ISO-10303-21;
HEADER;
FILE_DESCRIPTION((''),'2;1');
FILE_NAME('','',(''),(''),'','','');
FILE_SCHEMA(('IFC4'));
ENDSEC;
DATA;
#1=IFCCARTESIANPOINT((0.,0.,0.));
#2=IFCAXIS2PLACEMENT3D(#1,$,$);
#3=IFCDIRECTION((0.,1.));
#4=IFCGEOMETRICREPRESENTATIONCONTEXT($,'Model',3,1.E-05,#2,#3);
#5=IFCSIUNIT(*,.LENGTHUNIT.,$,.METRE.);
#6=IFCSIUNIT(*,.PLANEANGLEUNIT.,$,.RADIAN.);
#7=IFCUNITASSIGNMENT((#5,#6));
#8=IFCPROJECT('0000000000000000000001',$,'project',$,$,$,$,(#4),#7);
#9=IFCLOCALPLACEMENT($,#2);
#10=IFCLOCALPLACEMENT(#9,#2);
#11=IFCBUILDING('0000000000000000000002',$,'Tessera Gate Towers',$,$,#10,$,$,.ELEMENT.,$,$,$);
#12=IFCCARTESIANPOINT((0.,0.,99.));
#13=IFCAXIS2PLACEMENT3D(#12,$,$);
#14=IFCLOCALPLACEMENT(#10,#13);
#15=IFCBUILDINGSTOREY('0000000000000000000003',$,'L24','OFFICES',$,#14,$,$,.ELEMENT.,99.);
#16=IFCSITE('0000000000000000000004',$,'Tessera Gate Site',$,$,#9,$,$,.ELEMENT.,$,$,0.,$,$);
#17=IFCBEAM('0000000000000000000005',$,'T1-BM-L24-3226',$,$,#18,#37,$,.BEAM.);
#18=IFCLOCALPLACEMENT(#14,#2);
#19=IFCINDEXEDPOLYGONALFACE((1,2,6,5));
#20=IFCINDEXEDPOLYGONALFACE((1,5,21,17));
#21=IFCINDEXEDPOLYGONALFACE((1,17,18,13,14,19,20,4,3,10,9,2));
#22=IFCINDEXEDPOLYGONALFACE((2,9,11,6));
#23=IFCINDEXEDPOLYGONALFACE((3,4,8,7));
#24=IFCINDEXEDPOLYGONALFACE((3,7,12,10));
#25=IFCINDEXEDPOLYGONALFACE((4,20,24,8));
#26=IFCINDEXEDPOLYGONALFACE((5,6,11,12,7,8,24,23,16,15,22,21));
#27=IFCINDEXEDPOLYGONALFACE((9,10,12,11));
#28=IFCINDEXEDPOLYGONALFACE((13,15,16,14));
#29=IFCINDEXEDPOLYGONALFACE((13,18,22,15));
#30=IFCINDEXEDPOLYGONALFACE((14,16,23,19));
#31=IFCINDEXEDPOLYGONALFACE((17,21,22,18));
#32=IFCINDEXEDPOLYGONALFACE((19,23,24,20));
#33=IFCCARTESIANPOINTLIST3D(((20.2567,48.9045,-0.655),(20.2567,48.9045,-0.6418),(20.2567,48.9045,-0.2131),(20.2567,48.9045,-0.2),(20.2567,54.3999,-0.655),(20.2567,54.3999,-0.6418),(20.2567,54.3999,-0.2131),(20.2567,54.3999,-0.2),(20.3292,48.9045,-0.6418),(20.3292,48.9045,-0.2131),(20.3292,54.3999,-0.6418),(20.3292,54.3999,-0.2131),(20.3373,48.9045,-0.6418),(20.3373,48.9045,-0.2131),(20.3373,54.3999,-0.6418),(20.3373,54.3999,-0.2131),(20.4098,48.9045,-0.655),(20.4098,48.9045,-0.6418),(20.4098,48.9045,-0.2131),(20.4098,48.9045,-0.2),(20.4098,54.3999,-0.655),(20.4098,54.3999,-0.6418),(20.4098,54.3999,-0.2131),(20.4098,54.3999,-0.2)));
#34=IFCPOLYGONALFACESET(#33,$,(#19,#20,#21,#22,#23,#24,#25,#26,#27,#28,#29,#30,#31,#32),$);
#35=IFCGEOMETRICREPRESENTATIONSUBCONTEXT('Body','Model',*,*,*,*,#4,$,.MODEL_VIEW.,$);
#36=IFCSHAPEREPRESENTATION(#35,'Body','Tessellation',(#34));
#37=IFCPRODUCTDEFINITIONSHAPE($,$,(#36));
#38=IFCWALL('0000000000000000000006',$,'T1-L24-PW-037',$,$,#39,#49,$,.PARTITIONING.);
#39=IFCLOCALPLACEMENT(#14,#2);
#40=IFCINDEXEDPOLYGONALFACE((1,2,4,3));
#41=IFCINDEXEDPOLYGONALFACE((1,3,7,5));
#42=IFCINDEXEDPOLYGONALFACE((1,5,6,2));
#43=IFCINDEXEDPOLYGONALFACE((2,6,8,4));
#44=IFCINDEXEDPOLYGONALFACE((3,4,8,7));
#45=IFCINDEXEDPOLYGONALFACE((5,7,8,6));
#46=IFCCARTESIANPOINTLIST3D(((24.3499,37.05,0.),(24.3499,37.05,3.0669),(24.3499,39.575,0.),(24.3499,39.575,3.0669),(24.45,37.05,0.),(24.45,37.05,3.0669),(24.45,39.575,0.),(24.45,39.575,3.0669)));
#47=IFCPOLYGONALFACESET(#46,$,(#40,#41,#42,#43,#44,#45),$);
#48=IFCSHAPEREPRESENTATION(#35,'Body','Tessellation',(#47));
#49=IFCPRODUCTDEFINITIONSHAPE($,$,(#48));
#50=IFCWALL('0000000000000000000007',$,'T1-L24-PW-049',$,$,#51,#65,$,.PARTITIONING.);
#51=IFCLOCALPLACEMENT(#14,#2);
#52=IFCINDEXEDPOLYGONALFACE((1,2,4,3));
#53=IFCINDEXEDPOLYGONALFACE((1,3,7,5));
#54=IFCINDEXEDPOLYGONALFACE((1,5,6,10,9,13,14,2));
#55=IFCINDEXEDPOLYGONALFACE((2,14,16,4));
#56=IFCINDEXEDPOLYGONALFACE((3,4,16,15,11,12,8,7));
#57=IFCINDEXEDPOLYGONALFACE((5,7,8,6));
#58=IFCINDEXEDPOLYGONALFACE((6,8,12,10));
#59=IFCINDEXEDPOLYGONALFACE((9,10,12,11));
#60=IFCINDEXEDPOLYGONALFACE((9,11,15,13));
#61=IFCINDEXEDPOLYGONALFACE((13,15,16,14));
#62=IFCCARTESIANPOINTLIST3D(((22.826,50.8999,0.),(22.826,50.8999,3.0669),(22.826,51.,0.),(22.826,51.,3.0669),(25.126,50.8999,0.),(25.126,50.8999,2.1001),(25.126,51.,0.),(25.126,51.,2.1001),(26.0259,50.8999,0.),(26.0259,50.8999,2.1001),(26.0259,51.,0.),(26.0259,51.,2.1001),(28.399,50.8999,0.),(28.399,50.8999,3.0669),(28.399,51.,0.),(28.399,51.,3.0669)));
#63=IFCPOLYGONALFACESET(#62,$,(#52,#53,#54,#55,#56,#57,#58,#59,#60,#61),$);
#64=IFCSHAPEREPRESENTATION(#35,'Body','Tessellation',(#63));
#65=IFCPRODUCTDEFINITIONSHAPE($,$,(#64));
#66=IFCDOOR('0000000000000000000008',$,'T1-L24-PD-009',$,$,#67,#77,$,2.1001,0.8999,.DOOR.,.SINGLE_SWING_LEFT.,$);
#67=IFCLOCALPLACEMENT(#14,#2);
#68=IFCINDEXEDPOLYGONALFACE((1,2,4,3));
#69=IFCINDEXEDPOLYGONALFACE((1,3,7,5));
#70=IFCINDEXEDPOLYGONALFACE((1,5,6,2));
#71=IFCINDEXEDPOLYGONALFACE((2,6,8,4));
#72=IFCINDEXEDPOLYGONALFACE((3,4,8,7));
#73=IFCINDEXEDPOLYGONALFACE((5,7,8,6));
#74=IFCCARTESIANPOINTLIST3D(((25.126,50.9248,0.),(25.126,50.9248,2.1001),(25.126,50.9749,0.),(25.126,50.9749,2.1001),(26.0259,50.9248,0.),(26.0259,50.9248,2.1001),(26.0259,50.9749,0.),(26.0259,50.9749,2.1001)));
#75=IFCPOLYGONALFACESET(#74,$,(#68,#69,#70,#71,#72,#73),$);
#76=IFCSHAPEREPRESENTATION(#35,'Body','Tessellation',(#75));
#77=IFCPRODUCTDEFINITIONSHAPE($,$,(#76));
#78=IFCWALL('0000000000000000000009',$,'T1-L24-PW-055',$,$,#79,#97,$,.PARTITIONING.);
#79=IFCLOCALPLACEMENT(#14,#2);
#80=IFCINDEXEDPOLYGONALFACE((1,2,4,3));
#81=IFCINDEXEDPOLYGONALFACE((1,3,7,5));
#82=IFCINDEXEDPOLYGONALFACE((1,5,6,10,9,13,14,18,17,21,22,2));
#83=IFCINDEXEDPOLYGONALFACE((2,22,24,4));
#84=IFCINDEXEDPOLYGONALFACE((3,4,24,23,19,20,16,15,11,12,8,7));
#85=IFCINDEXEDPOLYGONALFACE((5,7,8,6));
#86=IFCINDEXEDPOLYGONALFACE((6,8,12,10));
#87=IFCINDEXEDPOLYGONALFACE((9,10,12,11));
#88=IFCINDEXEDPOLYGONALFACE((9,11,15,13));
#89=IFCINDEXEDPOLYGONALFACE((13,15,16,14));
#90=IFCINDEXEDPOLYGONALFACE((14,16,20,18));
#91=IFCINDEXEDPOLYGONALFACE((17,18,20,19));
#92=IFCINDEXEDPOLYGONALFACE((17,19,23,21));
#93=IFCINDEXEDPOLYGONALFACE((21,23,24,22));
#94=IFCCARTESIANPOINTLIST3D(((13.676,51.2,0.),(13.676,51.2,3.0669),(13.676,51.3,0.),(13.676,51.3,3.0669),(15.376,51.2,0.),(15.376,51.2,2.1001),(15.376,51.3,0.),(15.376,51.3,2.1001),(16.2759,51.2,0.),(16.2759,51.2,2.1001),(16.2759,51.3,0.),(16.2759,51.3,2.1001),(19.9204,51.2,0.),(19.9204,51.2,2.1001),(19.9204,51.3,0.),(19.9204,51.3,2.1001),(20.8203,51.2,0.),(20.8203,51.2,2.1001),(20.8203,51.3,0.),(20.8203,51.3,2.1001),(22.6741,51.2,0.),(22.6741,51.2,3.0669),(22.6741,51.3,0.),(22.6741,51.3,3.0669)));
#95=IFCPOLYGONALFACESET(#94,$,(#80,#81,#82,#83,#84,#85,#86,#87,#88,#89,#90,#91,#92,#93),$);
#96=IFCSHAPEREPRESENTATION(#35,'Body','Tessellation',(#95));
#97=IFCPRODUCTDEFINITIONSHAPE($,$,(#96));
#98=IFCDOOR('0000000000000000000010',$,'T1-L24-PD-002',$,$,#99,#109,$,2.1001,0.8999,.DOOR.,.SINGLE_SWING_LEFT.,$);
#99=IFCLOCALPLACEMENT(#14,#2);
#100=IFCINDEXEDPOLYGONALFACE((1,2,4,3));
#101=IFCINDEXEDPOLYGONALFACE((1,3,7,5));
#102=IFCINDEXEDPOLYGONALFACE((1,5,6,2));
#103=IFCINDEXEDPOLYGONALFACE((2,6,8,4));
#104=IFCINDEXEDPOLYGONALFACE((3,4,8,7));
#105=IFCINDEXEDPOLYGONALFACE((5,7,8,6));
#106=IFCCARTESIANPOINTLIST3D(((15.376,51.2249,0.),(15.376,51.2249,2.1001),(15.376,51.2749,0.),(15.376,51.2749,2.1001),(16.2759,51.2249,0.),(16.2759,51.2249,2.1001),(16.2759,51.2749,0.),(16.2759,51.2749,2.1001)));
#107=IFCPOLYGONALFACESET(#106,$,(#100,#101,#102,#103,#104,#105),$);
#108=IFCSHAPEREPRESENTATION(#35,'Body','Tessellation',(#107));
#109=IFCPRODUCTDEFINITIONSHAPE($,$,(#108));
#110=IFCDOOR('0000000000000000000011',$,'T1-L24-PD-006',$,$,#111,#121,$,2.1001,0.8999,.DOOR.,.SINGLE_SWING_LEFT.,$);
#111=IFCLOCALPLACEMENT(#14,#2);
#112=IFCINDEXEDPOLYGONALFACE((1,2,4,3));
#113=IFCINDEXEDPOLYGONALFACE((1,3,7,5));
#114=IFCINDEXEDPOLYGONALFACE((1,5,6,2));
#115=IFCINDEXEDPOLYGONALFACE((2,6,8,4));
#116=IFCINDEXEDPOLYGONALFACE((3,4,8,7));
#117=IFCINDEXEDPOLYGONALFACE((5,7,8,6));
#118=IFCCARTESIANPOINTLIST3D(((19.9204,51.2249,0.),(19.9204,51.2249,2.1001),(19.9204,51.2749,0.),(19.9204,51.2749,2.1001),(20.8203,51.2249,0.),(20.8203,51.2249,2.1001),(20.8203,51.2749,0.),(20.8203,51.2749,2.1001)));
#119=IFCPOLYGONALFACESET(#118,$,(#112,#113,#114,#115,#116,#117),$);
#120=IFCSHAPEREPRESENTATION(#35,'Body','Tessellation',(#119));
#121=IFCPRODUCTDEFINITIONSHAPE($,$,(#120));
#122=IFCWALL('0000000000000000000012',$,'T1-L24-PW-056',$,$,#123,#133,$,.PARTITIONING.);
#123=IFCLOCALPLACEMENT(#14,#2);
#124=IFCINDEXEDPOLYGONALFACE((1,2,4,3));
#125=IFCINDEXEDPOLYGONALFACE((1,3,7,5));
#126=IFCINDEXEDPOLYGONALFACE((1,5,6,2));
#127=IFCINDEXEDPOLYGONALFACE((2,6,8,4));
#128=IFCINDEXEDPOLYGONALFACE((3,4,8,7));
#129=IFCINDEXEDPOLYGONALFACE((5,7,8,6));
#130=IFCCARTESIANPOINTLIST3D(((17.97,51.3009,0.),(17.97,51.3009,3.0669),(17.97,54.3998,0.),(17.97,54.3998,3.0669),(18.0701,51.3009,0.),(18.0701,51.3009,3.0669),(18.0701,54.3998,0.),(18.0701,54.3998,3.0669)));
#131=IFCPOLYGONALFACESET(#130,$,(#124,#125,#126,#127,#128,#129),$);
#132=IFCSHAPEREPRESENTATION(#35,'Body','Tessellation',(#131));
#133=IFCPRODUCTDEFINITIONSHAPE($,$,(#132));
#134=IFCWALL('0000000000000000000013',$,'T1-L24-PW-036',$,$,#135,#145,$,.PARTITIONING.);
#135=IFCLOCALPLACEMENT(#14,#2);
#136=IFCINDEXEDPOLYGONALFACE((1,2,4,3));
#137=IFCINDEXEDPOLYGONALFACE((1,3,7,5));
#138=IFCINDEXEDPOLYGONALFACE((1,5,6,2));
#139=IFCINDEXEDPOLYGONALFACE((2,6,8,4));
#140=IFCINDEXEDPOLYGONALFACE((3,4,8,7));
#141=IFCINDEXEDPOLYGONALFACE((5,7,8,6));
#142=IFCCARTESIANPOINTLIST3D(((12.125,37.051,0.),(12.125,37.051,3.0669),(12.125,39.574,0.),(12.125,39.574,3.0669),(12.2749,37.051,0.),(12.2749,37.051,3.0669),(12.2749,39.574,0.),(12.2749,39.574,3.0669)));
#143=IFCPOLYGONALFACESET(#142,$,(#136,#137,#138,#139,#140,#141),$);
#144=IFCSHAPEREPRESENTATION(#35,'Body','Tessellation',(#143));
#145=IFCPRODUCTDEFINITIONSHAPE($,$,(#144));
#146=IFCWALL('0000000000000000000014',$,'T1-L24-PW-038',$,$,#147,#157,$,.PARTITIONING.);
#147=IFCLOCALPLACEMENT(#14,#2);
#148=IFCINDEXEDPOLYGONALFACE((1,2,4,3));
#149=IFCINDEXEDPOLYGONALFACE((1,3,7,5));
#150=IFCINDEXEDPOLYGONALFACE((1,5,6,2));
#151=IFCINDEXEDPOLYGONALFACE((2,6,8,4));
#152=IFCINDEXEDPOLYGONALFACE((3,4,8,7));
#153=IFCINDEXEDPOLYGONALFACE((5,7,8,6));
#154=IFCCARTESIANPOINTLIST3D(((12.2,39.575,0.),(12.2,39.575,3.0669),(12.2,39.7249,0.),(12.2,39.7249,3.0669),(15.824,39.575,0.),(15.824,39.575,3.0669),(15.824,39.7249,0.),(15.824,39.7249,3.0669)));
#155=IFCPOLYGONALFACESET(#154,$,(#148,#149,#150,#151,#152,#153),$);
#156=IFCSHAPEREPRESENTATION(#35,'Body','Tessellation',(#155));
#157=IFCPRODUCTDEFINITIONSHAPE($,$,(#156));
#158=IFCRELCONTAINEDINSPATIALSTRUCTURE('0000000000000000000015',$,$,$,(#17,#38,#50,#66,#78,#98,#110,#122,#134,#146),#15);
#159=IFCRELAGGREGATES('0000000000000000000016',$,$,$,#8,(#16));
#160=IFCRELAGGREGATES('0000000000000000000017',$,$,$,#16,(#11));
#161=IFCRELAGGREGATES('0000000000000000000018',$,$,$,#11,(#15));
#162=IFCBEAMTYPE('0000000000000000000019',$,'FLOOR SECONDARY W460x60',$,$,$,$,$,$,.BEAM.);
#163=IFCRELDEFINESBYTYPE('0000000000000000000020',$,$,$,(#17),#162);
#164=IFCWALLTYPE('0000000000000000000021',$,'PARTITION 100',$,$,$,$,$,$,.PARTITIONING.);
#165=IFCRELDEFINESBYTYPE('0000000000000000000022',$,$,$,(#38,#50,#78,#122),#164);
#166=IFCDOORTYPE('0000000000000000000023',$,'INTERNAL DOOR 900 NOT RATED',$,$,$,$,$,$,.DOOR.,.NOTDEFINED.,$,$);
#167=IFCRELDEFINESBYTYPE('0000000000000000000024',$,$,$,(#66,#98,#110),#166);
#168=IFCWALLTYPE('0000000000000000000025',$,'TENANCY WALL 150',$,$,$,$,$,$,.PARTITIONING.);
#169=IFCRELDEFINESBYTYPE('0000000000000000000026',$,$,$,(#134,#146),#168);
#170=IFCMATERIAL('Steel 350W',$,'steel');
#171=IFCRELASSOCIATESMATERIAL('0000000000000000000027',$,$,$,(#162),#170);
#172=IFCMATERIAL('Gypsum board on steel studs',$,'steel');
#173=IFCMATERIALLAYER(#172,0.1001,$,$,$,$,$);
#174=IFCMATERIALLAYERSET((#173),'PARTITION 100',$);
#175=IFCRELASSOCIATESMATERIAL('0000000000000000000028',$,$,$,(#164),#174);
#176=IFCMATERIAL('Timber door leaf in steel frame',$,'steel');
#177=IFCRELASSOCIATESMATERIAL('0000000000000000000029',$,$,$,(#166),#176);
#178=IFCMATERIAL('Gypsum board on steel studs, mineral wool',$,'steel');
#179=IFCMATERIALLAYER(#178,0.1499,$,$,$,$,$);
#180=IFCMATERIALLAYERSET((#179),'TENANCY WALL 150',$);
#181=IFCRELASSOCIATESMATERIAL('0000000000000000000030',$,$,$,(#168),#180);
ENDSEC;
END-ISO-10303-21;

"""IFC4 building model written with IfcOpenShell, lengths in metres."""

from ifc_helpers import new_model, si_unit, direction, frame, frame_2d, origin, origin_2d, place, context, subcontext, project, spatial, rectangle, i_section, extrude, source, transform, mapped, material, layer, layer_set, material_profile, profile_set, type_object, element, fill, save


model = new_model("IFC4")

# Units and contexts
model_context = context("Model", 3, precision=1e-05, world=origin(), true_north=direction((0.0, 1.0)))
body_context = subcontext(model_context, "Body", "Model", "MODEL_VIEW")
ifc_project = project(units=[si_unit("LENGTHUNIT", "METRE"), si_unit("PLANEANGLEUNIT", "RADIAN")], contexts=[model_context])

# Site, building, storey
site_placement = place(None, origin())
site = spatial("IfcSite", under=ifc_project, at=site_placement, Name="Tessera Gate Site", CompositionType="ELEMENT", RefElevation=0.0)
building_placement = place(site_placement, origin())
building = spatial("IfcBuilding", under=site, at=building_placement, Name="Tessera Gate Towers", CompositionType="ELEMENT")
storey_placement = place(building_placement, frame((0.0, 0.0, 99.0)))
storey = spatial("IfcBuildingStorey", under=building, at=storey_placement, Name="L24", Description="OFFICES", CompositionType="ELEMENT", Elevation=99.0)

# Beam
ifc_material_1 = material(Name="Steel 350W", Category="steel")
ifc_material_profile_1 = material_profile(ifc_material_1, i_section(OverallWidth=0.1531, OverallDepth=0.4551, WebThickness=0.0081, FlangeThickness=0.0132, at=origin_2d()), Name="W460x60")
ifc_profile_set_1 = profile_set([ifc_material_profile_1], Name="Steel 350W")
beam_type_1 = type_object("IfcBeamType", Name="FLOOR SECONDARY W460x60", PredefinedType="BEAM", material=ifc_profile_set_1)
beam_1_placement = place(storey_placement, frame((20.3333, 48.9045, -0.4275), z_axis=(0.0, 1.0, 0.0), x_axis=(-1.0, 0.0, 0.0)))
element("IfcBeam", 1, at=beam_1_placement, inside=storey, type_object=beam_type_1, Name="T1-BM-L24-3226", PredefinedType="BEAM", context=body_context, shape_type="SweptSolid", body=[
    extrude(i_section(OverallWidth=0.1531, OverallDepth=0.4551, WebThickness=0.0081, FlangeThickness=0.0132, at=origin_2d()), origin(), (0.0, 0.0, 1.0), 5.4954),
])

# Wall
ifc_material_2 = material(Name="Gypsum board on steel studs", Category="steel")
ifc_layer_1 = layer(ifc_material_2, 0.1001)
ifc_layer_set_1 = layer_set([ifc_layer_1], Name="PARTITION 100")
wall_type_1 = type_object("IfcWallType", Name="PARTITION 100", PredefinedType="PARTITIONING", material=ifc_layer_set_1)
wall_1_placement = place(storey_placement, frame((24.3999, 37.05, 0.0), z_axis=(0.0, 0.0, 1.0), x_axis=(0.0, 1.0, 0.0)))
element("IfcWall", 2, at=wall_1_placement, inside=storey, type_object=wall_type_1, Name="T1-L24-PW-037", PredefinedType="PARTITIONING", context=body_context, shape_type="SweptSolid", body=[
    extrude(rectangle(XDim=2.5249, YDim=0.1001, at=frame_2d((1.2625, 0.0))), origin(), (0.0, 0.0, 1.0), 3.0669),
])

# Wall, opening, door
wall_2_placement = place(storey_placement, frame((22.8259, 50.95, 0.0), z_axis=(0.0, 0.0, 1.0), x_axis=(1.0, 0.0, 0.0)))
wall_2 = element("IfcWall", 3, at=wall_2_placement, inside=storey, type_object=wall_type_1, Name="T1-L24-PW-049", PredefinedType="PARTITIONING", context=body_context, shape_type="SweptSolid", body=[
    extrude(rectangle(XDim=5.573, YDim=0.1001, at=frame_2d((2.7866, 0.0))), origin(), (0.0, 0.0, 1.0), 3.0669),
])
shared_shape_1 = source(origin(), body_context, "Body", "SweptSolid", [
    extrude(rectangle(XDim=0.8999, YDim=2.1001, at=frame_2d((0.45, 1.05))), frame((0.0, 0.0601, 0.0), z_axis=(0.0, -1.0, 0.0), x_axis=(1.0, 0.0, 0.0)), (0.0, 0.0, 1.0), 0.1201),
])
opening_1_placement = place(wall_2_placement, frame((2.3, 0.0, 0.0)))
opening_1 = element("IfcOpeningElement", 4, at=opening_1_placement, cuts=wall_2, PredefinedType="OPENING", context=body_context, shape_type="MappedRepresentation", body=[
    mapped(shared_shape_1, transform((0.0, 0.0, 0.0), scale=1.0)),
])
ifc_material_3 = material(Name="Timber door leaf in steel frame", Category="steel")
door_type = type_object("IfcDoorType", Name="INTERNAL DOOR 900 NOT RATED", OperationType="NOTDEFINED", PredefinedType="DOOR", material=ifc_material_3)
shared_shape_2 = source(origin(), body_context, "Body", "SweptSolid", [
    extrude(rectangle(XDim=0.8999, YDim=2.1001, at=frame_2d((0.45, 1.05))), frame((0.0, 0.0249, 0.0), z_axis=(0.0, -1.0, 0.0), x_axis=(1.0, 0.0, 0.0)), (0.0, 0.0, 1.0), 0.05),
])
door_1_placement = place(opening_1_placement, origin())
door_1 = element("IfcDoor", 5, at=door_1_placement, inside=storey, type_object=door_type, Name="T1-L24-PD-009", OperationType="SINGLE_SWING_LEFT", OverallHeight=2.1001, OverallWidth=0.8999, PredefinedType="DOOR", context=body_context, shape_type="MappedRepresentation", body=[
    mapped(shared_shape_2, transform((0.0, 0.0, 0.0), scale=1.0)),
])
fill(opening_1, door_1)

# Wall, openings, doors
wall_3_placement = place(storey_placement, frame((13.676, 51.25, 0.0), z_axis=(0.0, 0.0, 1.0), x_axis=(1.0, 0.0, 0.0)))
wall_3 = element("IfcWall", 6, at=wall_3_placement, inside=storey, type_object=wall_type_1, Name="T1-L24-PW-055", PredefinedType="PARTITIONING", context=body_context, shape_type="SweptSolid", body=[
    extrude(rectangle(XDim=8.998, YDim=0.1001, at=frame_2d((4.499, 0.0))), origin(), (0.0, 0.0, 1.0), 3.0669),
])
opening_2_placement = place(wall_3_placement, frame((1.7, 0.0, 0.0)))
opening_2 = element("IfcOpeningElement", 7, at=opening_2_placement, cuts=wall_3, PredefinedType="OPENING", context=body_context, shape_type="MappedRepresentation", body=[
    mapped(shared_shape_1, transform((0.0, 0.0, 0.0), scale=1.0)),
])
opening_3_placement = place(wall_3_placement, frame((6.2444, 0.0, 0.0)))
opening_3 = element("IfcOpeningElement", 8, at=opening_3_placement, cuts=wall_3, PredefinedType="OPENING", context=body_context, shape_type="MappedRepresentation", body=[
    mapped(shared_shape_1, transform((0.0, 0.0, 0.0), scale=1.0)),
])
door_2_placement = place(opening_2_placement, origin())
door_2 = element("IfcDoor", 9, at=door_2_placement, inside=storey, type_object=door_type, Name="T1-L24-PD-002", OperationType="SINGLE_SWING_LEFT", OverallHeight=2.1001, OverallWidth=0.8999, PredefinedType="DOOR", context=body_context, shape_type="MappedRepresentation", body=[
    mapped(shared_shape_2, transform((0.0, 0.0, 0.0), scale=1.0)),
])
fill(opening_2, door_2)
door_3_placement = place(opening_3_placement, origin())
door_3 = element("IfcDoor", 10, at=door_3_placement, inside=storey, type_object=door_type, Name="T1-L24-PD-006", OperationType="SINGLE_SWING_LEFT", OverallHeight=2.1001, OverallWidth=0.8999, PredefinedType="DOOR", context=body_context, shape_type="MappedRepresentation", body=[
    mapped(shared_shape_2, transform((0.0, 0.0, 0.0), scale=1.0)),
])
fill(opening_3, door_3)

# Walls
wall_4_placement = place(storey_placement, frame((18.02, 51.301, 0.0), z_axis=(0.0, 0.0, 1.0), x_axis=(0.0, 1.0, 0.0)))
element("IfcWall", 11, at=wall_4_placement, inside=storey, type_object=wall_type_1, Name="T1-L24-PW-056", PredefinedType="PARTITIONING", context=body_context, shape_type="SweptSolid", body=[
    extrude(rectangle(XDim=3.0989, YDim=0.1001, at=frame_2d((1.5493, 0.0))), origin(), (0.0, 0.0, 1.0), 3.0669),
])
ifc_material_4 = material(Name="Gypsum board on steel studs, mineral wool", Category="steel")
ifc_layer_2 = layer(ifc_material_4, 0.1499)
ifc_layer_set_2 = layer_set([ifc_layer_2], Name="TENANCY WALL 150")
wall_type_2 = type_object("IfcWallType", Name="TENANCY WALL 150", PredefinedType="PARTITIONING", material=ifc_layer_set_2)
wall_5_placement = place(storey_placement, frame((12.2, 37.051, 0.0), z_axis=(0.0, 0.0, 1.0), x_axis=(0.0, 1.0, 0.0)))
element("IfcWall", 12, at=wall_5_placement, inside=storey, type_object=wall_type_2, Name="T1-L24-PW-036", PredefinedType="PARTITIONING", context=body_context, shape_type="SweptSolid", body=[
    extrude(rectangle(XDim=2.5229, YDim=0.1499, at=frame_2d((1.2615, 0.0))), origin(), (0.0, 0.0, 1.0), 3.0669),
])
wall_6_placement = place(storey_placement, frame((12.2, 39.6499, 0.0), z_axis=(0.0, 0.0, 1.0), x_axis=(1.0, 0.0, 0.0)))
element("IfcWall", 13, at=wall_6_placement, inside=storey, type_object=wall_type_2, Name="T1-L24-PW-038", PredefinedType="PARTITIONING", context=body_context, shape_type="SweptSolid", body=[
    extrude(rectangle(XDim=3.624, YDim=0.1499, at=frame_2d((1.812, 0.0))), origin(), (0.0, 0.0, 1.0), 3.0669),
])

save(model, "model.ifc")
